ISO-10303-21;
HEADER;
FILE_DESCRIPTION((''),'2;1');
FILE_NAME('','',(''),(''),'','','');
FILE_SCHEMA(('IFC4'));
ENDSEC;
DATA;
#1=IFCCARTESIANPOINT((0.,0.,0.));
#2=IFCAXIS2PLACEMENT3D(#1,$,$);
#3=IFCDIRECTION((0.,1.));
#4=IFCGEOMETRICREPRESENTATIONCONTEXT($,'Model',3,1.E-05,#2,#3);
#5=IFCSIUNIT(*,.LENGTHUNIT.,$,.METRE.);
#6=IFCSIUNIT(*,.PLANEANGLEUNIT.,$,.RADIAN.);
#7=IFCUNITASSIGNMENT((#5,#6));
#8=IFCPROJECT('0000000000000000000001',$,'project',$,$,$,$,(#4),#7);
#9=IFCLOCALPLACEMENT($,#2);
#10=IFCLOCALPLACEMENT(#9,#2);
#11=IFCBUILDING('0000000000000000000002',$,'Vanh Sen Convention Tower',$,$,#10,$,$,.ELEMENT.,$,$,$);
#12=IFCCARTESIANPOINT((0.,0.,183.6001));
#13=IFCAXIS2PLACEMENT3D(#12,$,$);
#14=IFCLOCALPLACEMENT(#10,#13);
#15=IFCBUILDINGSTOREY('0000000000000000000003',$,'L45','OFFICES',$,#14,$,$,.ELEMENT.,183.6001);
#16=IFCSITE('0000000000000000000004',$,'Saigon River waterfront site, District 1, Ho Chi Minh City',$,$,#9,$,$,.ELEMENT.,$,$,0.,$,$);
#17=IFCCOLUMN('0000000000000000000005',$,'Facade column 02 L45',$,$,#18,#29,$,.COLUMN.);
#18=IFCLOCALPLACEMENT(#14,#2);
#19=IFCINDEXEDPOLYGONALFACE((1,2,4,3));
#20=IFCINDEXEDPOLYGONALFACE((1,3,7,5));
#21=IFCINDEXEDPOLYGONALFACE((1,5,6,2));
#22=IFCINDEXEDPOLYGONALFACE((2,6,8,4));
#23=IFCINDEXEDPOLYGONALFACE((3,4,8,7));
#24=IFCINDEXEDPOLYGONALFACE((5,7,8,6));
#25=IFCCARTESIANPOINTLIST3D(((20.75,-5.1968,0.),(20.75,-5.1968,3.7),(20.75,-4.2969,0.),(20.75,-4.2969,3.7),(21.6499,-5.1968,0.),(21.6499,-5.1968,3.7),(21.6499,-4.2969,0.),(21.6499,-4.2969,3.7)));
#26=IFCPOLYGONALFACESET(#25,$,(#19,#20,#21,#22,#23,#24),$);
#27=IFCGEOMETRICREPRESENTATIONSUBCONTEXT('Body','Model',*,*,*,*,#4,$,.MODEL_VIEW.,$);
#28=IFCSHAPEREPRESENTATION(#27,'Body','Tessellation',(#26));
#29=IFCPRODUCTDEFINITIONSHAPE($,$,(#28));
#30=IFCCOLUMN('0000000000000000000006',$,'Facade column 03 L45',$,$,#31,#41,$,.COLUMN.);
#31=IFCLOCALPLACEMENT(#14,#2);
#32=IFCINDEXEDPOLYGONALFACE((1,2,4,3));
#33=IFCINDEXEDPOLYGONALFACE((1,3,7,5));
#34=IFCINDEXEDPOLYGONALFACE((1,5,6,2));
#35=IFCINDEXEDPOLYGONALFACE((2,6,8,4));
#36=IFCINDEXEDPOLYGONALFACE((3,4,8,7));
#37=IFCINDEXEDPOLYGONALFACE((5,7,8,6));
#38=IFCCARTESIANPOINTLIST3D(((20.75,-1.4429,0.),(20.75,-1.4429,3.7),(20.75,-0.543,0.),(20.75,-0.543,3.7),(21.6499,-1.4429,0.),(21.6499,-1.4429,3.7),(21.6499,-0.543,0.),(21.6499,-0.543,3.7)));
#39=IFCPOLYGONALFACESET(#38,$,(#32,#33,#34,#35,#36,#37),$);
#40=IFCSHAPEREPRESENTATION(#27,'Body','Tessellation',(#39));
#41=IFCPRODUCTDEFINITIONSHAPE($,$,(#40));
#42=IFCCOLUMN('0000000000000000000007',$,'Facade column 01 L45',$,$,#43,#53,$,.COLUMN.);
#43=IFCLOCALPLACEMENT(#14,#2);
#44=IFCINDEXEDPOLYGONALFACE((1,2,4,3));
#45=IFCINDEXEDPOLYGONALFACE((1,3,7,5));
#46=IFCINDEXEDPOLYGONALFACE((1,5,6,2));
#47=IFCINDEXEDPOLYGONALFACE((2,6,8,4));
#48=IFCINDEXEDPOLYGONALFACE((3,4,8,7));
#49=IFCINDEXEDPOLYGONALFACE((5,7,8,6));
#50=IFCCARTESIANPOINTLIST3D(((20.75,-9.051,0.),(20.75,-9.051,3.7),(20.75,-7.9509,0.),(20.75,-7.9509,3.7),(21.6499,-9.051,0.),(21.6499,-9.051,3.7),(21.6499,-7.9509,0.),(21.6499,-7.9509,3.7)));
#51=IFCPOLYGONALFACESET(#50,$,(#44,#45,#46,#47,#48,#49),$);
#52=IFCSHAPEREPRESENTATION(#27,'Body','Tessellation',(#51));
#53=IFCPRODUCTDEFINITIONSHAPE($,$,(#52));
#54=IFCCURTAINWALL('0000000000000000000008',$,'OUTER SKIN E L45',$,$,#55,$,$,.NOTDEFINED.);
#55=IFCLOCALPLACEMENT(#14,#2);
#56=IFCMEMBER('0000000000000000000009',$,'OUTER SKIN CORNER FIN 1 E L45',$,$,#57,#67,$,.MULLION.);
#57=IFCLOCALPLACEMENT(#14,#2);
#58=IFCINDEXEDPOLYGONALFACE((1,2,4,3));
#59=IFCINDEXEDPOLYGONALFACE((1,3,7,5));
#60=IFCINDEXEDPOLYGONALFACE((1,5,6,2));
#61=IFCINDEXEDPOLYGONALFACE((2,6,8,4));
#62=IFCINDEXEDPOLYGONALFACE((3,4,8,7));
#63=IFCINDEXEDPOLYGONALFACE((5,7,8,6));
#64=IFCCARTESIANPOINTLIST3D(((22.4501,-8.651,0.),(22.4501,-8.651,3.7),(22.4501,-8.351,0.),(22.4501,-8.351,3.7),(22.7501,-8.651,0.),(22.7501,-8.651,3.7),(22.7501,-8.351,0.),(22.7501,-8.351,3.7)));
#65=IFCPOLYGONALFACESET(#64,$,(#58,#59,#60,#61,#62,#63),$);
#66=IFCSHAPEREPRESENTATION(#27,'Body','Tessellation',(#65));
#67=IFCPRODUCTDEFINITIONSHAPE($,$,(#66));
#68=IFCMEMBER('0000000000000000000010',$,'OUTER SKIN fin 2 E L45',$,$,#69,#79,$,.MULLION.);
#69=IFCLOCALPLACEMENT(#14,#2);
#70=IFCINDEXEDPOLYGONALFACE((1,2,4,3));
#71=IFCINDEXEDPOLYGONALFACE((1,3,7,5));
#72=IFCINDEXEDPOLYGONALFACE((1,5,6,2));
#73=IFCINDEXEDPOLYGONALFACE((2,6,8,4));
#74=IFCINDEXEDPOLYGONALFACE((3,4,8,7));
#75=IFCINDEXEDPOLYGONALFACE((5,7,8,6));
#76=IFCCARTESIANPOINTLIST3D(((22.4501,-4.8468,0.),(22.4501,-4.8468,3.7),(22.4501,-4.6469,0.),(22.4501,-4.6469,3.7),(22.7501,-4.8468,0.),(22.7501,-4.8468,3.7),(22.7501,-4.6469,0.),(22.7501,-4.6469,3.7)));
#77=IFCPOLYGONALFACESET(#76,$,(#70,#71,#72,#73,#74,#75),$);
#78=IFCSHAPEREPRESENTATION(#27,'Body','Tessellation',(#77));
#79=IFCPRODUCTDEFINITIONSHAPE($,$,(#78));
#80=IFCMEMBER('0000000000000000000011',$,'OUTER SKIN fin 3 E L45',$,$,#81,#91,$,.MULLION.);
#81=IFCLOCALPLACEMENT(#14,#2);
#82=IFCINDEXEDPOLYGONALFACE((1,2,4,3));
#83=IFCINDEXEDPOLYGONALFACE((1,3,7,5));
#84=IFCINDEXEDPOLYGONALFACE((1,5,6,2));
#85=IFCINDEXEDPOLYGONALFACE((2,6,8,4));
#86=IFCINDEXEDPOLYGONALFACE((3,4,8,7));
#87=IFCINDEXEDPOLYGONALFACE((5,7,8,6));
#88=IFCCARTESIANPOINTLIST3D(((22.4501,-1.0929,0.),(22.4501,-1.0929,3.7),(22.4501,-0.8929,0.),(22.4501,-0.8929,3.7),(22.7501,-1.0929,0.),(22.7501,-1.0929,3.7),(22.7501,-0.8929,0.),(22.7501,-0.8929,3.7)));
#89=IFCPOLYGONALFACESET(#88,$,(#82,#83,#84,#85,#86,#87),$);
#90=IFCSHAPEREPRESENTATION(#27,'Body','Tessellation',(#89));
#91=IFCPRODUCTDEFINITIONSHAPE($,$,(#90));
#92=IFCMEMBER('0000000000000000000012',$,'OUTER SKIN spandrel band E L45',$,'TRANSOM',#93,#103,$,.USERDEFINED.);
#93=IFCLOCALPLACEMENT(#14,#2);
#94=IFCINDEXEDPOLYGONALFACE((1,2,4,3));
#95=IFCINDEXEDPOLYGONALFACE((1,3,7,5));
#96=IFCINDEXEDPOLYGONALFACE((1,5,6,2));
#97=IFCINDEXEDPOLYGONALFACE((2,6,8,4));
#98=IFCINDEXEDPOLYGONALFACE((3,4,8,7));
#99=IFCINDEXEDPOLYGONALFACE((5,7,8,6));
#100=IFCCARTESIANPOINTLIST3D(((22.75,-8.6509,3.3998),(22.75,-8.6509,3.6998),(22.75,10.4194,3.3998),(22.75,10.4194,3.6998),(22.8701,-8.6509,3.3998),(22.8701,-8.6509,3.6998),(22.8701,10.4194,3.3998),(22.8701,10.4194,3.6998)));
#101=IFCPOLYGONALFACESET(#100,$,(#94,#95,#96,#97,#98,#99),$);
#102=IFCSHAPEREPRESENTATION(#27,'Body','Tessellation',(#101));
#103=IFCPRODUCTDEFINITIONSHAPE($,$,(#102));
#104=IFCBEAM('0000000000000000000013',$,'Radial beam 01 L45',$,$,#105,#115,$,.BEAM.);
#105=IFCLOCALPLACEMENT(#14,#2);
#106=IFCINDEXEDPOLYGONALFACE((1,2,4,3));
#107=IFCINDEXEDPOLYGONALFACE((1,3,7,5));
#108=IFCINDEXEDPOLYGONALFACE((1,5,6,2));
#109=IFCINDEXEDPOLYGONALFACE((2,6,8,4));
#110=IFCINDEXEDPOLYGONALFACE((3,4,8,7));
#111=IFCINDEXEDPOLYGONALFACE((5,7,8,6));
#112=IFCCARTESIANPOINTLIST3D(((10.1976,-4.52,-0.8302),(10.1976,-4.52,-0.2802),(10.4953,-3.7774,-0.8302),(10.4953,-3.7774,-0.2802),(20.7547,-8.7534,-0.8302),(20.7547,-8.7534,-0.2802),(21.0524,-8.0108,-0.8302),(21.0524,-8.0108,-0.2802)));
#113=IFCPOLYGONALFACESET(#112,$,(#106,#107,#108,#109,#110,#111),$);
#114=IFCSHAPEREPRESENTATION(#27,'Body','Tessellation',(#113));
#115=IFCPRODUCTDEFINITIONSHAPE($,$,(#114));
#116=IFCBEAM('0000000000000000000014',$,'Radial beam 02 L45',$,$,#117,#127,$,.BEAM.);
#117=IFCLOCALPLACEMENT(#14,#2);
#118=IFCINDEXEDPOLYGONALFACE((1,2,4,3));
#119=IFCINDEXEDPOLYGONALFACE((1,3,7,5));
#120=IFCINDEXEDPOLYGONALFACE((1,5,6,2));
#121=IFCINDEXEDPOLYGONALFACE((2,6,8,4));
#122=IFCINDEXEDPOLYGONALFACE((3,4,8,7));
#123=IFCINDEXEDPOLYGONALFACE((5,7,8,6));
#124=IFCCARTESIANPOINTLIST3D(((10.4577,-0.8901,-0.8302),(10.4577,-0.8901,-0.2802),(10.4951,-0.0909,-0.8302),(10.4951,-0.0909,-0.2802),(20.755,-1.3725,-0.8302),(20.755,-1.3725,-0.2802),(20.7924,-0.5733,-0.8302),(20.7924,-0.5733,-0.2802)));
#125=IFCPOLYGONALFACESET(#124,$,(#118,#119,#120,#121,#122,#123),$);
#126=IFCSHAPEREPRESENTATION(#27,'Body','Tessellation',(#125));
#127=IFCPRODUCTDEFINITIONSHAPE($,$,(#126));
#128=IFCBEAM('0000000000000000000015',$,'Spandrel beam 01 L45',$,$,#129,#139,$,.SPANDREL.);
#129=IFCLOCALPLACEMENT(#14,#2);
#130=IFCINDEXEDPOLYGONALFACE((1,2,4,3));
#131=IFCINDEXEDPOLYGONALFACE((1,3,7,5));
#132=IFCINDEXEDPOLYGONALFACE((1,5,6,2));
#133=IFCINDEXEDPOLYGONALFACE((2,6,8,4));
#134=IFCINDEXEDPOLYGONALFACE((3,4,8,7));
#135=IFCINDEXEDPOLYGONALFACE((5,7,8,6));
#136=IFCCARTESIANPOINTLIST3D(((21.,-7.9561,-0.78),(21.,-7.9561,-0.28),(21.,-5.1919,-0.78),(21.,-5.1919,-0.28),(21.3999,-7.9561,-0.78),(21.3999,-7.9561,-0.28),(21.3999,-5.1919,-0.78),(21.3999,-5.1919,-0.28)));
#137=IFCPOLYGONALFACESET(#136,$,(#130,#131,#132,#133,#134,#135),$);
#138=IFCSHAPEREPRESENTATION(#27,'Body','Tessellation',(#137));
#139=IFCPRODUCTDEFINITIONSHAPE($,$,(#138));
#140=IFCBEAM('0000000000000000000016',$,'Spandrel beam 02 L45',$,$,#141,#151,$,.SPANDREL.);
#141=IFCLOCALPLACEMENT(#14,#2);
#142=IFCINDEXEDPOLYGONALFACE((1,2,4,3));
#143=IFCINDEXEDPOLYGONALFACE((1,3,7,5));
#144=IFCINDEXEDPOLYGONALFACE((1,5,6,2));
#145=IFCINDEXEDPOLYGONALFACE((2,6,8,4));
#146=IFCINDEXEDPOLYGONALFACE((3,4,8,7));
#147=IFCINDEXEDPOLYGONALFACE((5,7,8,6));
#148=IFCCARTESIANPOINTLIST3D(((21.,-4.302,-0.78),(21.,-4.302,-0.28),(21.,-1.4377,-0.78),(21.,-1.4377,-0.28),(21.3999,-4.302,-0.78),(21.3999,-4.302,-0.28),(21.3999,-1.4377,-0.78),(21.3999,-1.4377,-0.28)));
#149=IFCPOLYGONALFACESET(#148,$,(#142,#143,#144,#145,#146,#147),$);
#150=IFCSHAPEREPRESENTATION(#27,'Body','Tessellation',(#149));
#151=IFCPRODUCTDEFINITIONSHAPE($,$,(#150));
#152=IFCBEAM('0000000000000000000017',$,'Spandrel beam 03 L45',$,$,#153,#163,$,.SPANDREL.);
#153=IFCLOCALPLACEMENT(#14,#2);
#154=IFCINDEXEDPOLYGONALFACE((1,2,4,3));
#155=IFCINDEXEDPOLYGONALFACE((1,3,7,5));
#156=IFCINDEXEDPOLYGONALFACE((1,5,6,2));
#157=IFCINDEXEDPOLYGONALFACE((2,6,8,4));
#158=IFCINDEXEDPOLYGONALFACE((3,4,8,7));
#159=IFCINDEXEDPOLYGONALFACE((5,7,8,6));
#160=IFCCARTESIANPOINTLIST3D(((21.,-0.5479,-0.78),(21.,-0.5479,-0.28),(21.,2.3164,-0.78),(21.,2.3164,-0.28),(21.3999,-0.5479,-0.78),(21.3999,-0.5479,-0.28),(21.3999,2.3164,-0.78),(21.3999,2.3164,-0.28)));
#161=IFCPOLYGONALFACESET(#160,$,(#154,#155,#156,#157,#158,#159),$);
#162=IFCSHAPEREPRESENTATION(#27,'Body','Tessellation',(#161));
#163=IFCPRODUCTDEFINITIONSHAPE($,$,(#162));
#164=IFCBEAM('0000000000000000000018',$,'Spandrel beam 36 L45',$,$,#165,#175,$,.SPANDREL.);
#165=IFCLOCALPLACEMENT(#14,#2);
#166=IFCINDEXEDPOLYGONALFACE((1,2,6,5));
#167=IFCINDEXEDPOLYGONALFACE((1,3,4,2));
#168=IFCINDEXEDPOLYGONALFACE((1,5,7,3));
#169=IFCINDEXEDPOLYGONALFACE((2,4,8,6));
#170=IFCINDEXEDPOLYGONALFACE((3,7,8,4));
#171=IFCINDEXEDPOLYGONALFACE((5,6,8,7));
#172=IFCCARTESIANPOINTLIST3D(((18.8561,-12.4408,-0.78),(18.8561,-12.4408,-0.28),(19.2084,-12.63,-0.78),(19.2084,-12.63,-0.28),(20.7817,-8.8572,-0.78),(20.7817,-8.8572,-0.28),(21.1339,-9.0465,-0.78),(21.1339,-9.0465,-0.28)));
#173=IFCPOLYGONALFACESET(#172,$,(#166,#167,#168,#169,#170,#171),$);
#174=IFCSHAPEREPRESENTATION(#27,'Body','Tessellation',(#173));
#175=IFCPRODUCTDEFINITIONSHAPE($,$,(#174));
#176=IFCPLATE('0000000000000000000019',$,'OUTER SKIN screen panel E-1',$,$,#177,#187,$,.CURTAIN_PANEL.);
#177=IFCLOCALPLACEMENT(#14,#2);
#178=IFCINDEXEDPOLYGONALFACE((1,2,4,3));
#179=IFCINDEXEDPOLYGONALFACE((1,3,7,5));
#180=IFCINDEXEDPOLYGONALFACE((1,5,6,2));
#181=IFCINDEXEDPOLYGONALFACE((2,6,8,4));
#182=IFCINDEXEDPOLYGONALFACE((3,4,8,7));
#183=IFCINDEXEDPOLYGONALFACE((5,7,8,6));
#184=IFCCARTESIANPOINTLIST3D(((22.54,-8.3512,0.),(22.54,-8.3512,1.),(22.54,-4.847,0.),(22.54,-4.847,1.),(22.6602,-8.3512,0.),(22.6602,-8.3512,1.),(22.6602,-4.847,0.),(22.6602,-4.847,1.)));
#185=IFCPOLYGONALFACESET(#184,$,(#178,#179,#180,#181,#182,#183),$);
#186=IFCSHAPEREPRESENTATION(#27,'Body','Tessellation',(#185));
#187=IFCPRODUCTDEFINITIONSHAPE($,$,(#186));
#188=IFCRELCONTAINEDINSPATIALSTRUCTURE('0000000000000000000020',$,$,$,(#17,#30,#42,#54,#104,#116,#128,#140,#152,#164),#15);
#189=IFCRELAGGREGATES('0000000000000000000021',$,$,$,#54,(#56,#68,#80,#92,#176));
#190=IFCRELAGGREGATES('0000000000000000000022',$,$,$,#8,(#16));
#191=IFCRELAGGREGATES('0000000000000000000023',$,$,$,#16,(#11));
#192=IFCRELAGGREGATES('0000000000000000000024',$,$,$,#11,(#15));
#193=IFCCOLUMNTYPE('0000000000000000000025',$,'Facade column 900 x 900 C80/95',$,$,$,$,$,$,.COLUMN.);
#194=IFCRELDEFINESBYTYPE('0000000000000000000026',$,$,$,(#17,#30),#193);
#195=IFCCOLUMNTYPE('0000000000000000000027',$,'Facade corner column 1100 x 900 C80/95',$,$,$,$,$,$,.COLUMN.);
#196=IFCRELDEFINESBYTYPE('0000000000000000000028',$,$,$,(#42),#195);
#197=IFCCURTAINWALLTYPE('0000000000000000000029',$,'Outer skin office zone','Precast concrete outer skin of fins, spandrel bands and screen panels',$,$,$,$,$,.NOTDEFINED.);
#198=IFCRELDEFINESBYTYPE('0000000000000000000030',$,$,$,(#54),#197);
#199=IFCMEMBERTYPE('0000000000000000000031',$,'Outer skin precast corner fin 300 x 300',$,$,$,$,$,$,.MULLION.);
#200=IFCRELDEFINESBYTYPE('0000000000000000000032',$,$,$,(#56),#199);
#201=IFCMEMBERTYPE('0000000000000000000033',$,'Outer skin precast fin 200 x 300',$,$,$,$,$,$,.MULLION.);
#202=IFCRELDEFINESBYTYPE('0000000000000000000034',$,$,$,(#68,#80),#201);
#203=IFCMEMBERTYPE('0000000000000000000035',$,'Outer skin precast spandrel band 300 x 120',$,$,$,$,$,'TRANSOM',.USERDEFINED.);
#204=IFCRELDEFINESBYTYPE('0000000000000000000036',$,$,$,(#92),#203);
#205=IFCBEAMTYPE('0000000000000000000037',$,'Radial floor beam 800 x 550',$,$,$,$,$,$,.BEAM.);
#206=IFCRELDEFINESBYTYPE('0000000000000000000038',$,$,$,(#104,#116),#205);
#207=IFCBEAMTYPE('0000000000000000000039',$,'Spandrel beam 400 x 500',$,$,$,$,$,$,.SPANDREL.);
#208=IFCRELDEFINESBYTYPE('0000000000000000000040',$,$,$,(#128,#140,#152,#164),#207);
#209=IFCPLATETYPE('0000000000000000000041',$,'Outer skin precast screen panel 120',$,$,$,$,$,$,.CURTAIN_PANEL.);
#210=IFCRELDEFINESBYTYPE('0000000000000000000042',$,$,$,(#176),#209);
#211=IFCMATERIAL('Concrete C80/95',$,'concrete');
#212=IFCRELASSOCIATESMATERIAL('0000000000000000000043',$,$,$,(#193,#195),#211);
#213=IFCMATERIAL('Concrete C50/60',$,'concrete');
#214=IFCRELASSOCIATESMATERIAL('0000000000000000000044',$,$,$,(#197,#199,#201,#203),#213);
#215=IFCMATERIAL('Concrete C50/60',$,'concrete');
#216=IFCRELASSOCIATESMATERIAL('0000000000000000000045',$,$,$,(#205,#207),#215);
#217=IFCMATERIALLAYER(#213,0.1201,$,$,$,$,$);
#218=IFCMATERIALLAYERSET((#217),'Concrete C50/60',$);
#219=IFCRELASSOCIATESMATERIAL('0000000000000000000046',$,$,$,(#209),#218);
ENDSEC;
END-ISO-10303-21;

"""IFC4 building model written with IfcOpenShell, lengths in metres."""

from ifc_helpers import new_model, si_unit, direction, frame, origin, origin_2d, place, context, subcontext, project, spatial, rectangle, extrude, material, layer, layer_set, material_profile, profile_set, type_object, element, aggregate, save


model = new_model("IFC4")

# Units and contexts
model_context = context("Model", 3, precision=1e-05, world=origin(), true_north=direction((0.0, 1.0)))
body_context = subcontext(model_context, "Body", "Model", "MODEL_VIEW")
ifc_project = project(units=[si_unit("LENGTHUNIT", "METRE"), si_unit("PLANEANGLEUNIT", "RADIAN")], contexts=[model_context])

# Site, building, storey
site_placement = place(None, origin())
site = spatial("IfcSite", under=ifc_project, at=site_placement, Name="Saigon River waterfront site, District 1, Ho Chi Minh City", CompositionType="ELEMENT", RefElevation=0.0)
building_placement = place(site_placement, origin())
building = spatial("IfcBuilding", under=site, at=building_placement, Name="Vanh Sen Convention Tower", CompositionType="ELEMENT")
storey_placement = place(building_placement, frame((0.0, 0.0, 183.6001)))
storey = spatial("IfcBuildingStorey", under=building, at=storey_placement, Name="L45", Description="OFFICES", CompositionType="ELEMENT", Elevation=183.6001)

# Columns
ifc_material_1 = material(Name="Concrete C80/95", Category="concrete")
ifc_material_profile_1 = material_profile(ifc_material_1, rectangle(XDim=0.8999, YDim=0.8999, at=origin_2d()), Name="RC 900X900")
ifc_profile_set_1 = profile_set([ifc_material_profile_1], Name="Concrete C80/95")
column_type_1 = type_object("IfcColumnType", Name="Facade column 900 x 900 C80/95", PredefinedType="COLUMN", material=ifc_profile_set_1)
for number, where, z_axis, x_axis, name in (
    (1, (21.2, -4.7468, 0.0), (0.0, 0.0, 1.0), (0.0, 1.0, 0.0), "Facade column 02 L45"),
    (2, (21.2, -0.9929, 0.0), (0.0, 0.0, 1.0), (0.0, 1.0, 0.0), "Facade column 03 L45"),
):
    element("IfcColumn", number, at=place(storey_placement, frame(where, z_axis=z_axis, x_axis=x_axis)), inside=storey, type_object=column_type_1, Name=name, PredefinedType="COLUMN", context=body_context, shape_type="SweptSolid", body=[
        extrude(rectangle(XDim=0.8999, YDim=0.8999, at=origin_2d()), origin(), (0.0, 0.0, 1.0), 3.7),
    ])
ifc_material_profile_2 = material_profile(ifc_material_1, rectangle(XDim=1.1001, YDim=0.8999, at=origin_2d()), Name="RC 1100X900")
ifc_profile_set_2 = profile_set([ifc_material_profile_2], Name="Concrete C80/95")
column_type_2 = type_object("IfcColumnType", Name="Facade corner column 1100 x 900 C80/95", PredefinedType="COLUMN", material=ifc_profile_set_2)
column_placement = place(storey_placement, frame((21.2, -8.501, 0.0), z_axis=(0.0, 0.0, 1.0), x_axis=(0.0, 1.0, 0.0)))
element("IfcColumn", 3, at=column_placement, inside=storey, type_object=column_type_2, Name="Facade column 01 L45", PredefinedType="COLUMN", context=body_context, shape_type="SweptSolid", body=[
    extrude(rectangle(XDim=1.1001, YDim=0.8999, at=origin_2d()), origin(), (0.0, 0.0, 1.0), 3.7),
])

# Curtain wall, members
ifc_material_2 = material(Name="Concrete C50/60", Category="concrete")
curtain_wall_type = type_object("IfcCurtainWallType", Name="Outer skin office zone", Description="Precast concrete outer skin of fins, spandrel bands and screen panels", PredefinedType="NOTDEFINED", material=ifc_material_2)
curtain_wall_1_placement = place(storey_placement, origin())
curtain_wall_1 = element("IfcCurtainWall", 4, at=curtain_wall_1_placement, inside=storey, type_object=curtain_wall_type, Name="OUTER SKIN E L45", PredefinedType="NOTDEFINED")
ifc_material_profile_3 = material_profile(ifc_material_2, rectangle(XDim=0.3, YDim=0.3, at=origin_2d()), Name="Outer skin precast corner fin 300 x 300")
ifc_profile_set_3 = profile_set([ifc_material_profile_3], Name="Concrete C50/60")
member_type_1 = type_object("IfcMemberType", Name="Outer skin precast corner fin 300 x 300", PredefinedType="MULLION", material=ifc_profile_set_3)
member_1_placement = place(storey_placement, frame((22.6001, -8.501, 0.0), z_axis=(0.0, 0.0, 1.0), x_axis=(0.0, 1.0, 0.0)))
member_1 = element("IfcMember", 5, at=member_1_placement, type_object=member_type_1, Name="OUTER SKIN CORNER FIN 1 E L45", PredefinedType="MULLION", context=body_context, shape_type="SweptSolid", body=[
    extrude(rectangle(XDim=0.3, YDim=0.3, at=origin_2d()), origin(), (0.0, 0.0, 1.0), 3.7),
])
ifc_material_profile_4 = material_profile(ifc_material_2, rectangle(XDim=0.2, YDim=0.3, at=origin_2d()), Name="Outer skin precast fin 200 x 300")
ifc_profile_set_4 = profile_set([ifc_material_profile_4], Name="Concrete C50/60")
member_type_2 = type_object("IfcMemberType", Name="Outer skin precast fin 200 x 300", PredefinedType="MULLION", material=ifc_profile_set_4)
member_2_placement = place(storey_placement, frame((22.6001, -4.7468, 0.0), z_axis=(0.0, 0.0, 1.0), x_axis=(0.0, 1.0, 0.0)))
member_2 = element("IfcMember", 6, at=member_2_placement, type_object=member_type_2, Name="OUTER SKIN fin 2 E L45", PredefinedType="MULLION", context=body_context, shape_type="SweptSolid", body=[
    extrude(rectangle(XDim=0.2, YDim=0.3, at=origin_2d()), origin(), (0.0, 0.0, 1.0), 3.7),
])
member_3_placement = place(storey_placement, frame((22.6001, -0.9929, 0.0), z_axis=(0.0, 0.0, 1.0), x_axis=(0.0, 1.0, 0.0)))
member_3 = element("IfcMember", 7, at=member_3_placement, type_object=member_type_2, Name="OUTER SKIN fin 3 E L45", PredefinedType="MULLION", context=body_context, shape_type="SweptSolid", body=[
    extrude(rectangle(XDim=0.2, YDim=0.3, at=origin_2d()), origin(), (0.0, 0.0, 1.0), 3.7),
])
ifc_material_profile_5 = material_profile(ifc_material_2, rectangle(XDim=0.1201, YDim=0.3, at=origin_2d()), Name="Outer skin precast spandrel band 300 x 120")
ifc_profile_set_5 = profile_set([ifc_material_profile_5], Name="Concrete C50/60")
member_type_3 = type_object("IfcMemberType", Name="Outer skin precast spandrel band 300 x 120", ElementType="TRANSOM", PredefinedType="USERDEFINED", material=ifc_profile_set_5)
member_4_placement = place(storey_placement, frame((22.8101, -8.6509, 3.5498), z_axis=(0.0, 1.0, 0.0), x_axis=(-1.0, 0.0, 0.0)))
member_4 = element("IfcMember", 8, at=member_4_placement, type_object=member_type_3, Name="OUTER SKIN spandrel band E L45", ObjectType="TRANSOM", PredefinedType="USERDEFINED", context=body_context, shape_type="SweptSolid", body=[
    extrude(rectangle(XDim=0.1201, YDim=0.3, at=origin_2d()), origin(), (0.0, 0.0, 1.0), 19.0703),
])

# Beams
ifc_material_3 = material(Name="Concrete C50/60", Category="concrete")
ifc_material_profile_6 = material_profile(ifc_material_3, rectangle(XDim=0.8, YDim=0.55, at=origin_2d()), Name="RC 800X550")
ifc_profile_set_6 = profile_set([ifc_material_profile_6], Name="Concrete C50/60")
beam_type_1 = type_object("IfcBeamType", Name="Radial floor beam 800 x 550", PredefinedType="BEAM", material=ifc_profile_set_6)
beam_1_placement = place(storey_placement, frame((20.9036, -8.3821, -0.5552), z_axis=(-0.928157, 0.37219, 0.0), x_axis=(-0.37219, -0.928157, 0.0)))
element("IfcBeam", 9, at=beam_1_placement, inside=storey, type_object=beam_type_1, Name="Radial beam 01 L45", PredefinedType="BEAM", context=body_context, shape_type="SweptSolid", body=[
    extrude(rectangle(XDim=0.8, YDim=0.55, at=origin_2d()), origin(), (0.0, 0.0, 1.0), 11.3743),
])
beam_2_placement = place(storey_placement, frame((20.7737, -0.9729, -0.5552), z_axis=(-0.998904, 0.046798, 0.0), x_axis=(-0.046798, -0.998904, 0.0)))
element("IfcBeam", 10, at=beam_2_placement, inside=storey, type_object=beam_type_1, Name="Radial beam 02 L45", PredefinedType="BEAM", context=body_context, shape_type="SweptSolid", body=[
    extrude(rectangle(XDim=0.8, YDim=0.55, at=origin_2d()), origin(), (0.0, 0.0, 1.0), 10.3086),
])
ifc_material_profile_7 = material_profile(ifc_material_3, rectangle(XDim=0.3999, YDim=0.5, at=origin_2d()), Name="RC 400X500")
ifc_profile_set_7 = profile_set([ifc_material_profile_7], Name="Concrete C50/60")
beam_type_2 = type_object("IfcBeamType", Name="Spandrel beam 400 x 500", PredefinedType="SPANDREL", material=ifc_profile_set_7)
beam_3_placement = place(storey_placement, frame((21.2, -7.9561, -0.53), z_axis=(0.0, 1.0, 0.0), x_axis=(-1.0, 0.0, 0.0)))
element("IfcBeam", 11, at=beam_3_placement, inside=storey, type_object=beam_type_2, Name="Spandrel beam 01 L45", PredefinedType="SPANDREL", context=body_context, shape_type="SweptSolid", body=[
    extrude(rectangle(XDim=0.3999, YDim=0.5, at=origin_2d()), origin(), (0.0, 0.0, 1.0), 2.7642),
])
for number, where, z_axis, x_axis, name in (
    (12, (21.2, -4.302, -0.53), (0.0, 1.0, 0.0), (-1.0, 0.0, 0.0), "Spandrel beam 02 L45"),
    (13, (21.2, -0.5479, -0.53), (0.0, 1.0, 0.0), (-1.0, 0.0, 0.0), "Spandrel beam 03 L45"),
):
    element("IfcBeam", number, at=place(storey_placement, frame(where, z_axis=z_axis, x_axis=x_axis)), inside=storey, type_object=beam_type_2, Name=name, PredefinedType="SPANDREL", context=body_context, shape_type="SweptSolid", body=[
        extrude(rectangle(XDim=0.3999, YDim=0.5, at=origin_2d()), origin(), (0.0, 0.0, 1.0), 2.8643),
    ])
beam_4_placement = place(storey_placement, frame((19.0322, -12.5354, -0.53), z_axis=(0.47333, 0.880885, 0.0), x_axis=(-0.880885, 0.47333, 0.0)))
element("IfcBeam", 14, at=beam_4_placement, inside=storey, type_object=beam_type_2, Name="Spandrel beam 36 L45", PredefinedType="SPANDREL", context=body_context, shape_type="SweptSolid", body=[
    extrude(rectangle(XDim=0.3999, YDim=0.5, at=origin_2d()), origin(), (0.0, 0.0, 1.0), 4.0681),
])

# Plate
ifc_layer_1 = layer(ifc_material_2, 0.1201)
ifc_layer_set_1 = layer_set([ifc_layer_1], Name="Concrete C50/60")
plate_type = type_object("IfcPlateType", Name="Outer skin precast screen panel 120", PredefinedType="CURTAIN_PANEL", material=ifc_layer_set_1)
plate_1_placement = place(storey_placement, frame((22.6001, -6.5991, 0.0), z_axis=(0.0, 0.0, 1.0), x_axis=(0.0, 1.0, 0.0)))
plate_1 = element("IfcPlate", 15, at=plate_1_placement, type_object=plate_type, Name="OUTER SKIN screen panel E-1", PredefinedType="CURTAIN_PANEL", context=body_context, shape_type="SweptSolid", body=[
    extrude(rectangle(XDim=3.5042, YDim=0.1201, at=origin_2d()), origin(), (0.0, 0.0, 1.0), 1.0),
])
aggregate(curtain_wall_1, [member_1, member_2, member_3, member_4, plate_1])

save(model, "model.ifc")
